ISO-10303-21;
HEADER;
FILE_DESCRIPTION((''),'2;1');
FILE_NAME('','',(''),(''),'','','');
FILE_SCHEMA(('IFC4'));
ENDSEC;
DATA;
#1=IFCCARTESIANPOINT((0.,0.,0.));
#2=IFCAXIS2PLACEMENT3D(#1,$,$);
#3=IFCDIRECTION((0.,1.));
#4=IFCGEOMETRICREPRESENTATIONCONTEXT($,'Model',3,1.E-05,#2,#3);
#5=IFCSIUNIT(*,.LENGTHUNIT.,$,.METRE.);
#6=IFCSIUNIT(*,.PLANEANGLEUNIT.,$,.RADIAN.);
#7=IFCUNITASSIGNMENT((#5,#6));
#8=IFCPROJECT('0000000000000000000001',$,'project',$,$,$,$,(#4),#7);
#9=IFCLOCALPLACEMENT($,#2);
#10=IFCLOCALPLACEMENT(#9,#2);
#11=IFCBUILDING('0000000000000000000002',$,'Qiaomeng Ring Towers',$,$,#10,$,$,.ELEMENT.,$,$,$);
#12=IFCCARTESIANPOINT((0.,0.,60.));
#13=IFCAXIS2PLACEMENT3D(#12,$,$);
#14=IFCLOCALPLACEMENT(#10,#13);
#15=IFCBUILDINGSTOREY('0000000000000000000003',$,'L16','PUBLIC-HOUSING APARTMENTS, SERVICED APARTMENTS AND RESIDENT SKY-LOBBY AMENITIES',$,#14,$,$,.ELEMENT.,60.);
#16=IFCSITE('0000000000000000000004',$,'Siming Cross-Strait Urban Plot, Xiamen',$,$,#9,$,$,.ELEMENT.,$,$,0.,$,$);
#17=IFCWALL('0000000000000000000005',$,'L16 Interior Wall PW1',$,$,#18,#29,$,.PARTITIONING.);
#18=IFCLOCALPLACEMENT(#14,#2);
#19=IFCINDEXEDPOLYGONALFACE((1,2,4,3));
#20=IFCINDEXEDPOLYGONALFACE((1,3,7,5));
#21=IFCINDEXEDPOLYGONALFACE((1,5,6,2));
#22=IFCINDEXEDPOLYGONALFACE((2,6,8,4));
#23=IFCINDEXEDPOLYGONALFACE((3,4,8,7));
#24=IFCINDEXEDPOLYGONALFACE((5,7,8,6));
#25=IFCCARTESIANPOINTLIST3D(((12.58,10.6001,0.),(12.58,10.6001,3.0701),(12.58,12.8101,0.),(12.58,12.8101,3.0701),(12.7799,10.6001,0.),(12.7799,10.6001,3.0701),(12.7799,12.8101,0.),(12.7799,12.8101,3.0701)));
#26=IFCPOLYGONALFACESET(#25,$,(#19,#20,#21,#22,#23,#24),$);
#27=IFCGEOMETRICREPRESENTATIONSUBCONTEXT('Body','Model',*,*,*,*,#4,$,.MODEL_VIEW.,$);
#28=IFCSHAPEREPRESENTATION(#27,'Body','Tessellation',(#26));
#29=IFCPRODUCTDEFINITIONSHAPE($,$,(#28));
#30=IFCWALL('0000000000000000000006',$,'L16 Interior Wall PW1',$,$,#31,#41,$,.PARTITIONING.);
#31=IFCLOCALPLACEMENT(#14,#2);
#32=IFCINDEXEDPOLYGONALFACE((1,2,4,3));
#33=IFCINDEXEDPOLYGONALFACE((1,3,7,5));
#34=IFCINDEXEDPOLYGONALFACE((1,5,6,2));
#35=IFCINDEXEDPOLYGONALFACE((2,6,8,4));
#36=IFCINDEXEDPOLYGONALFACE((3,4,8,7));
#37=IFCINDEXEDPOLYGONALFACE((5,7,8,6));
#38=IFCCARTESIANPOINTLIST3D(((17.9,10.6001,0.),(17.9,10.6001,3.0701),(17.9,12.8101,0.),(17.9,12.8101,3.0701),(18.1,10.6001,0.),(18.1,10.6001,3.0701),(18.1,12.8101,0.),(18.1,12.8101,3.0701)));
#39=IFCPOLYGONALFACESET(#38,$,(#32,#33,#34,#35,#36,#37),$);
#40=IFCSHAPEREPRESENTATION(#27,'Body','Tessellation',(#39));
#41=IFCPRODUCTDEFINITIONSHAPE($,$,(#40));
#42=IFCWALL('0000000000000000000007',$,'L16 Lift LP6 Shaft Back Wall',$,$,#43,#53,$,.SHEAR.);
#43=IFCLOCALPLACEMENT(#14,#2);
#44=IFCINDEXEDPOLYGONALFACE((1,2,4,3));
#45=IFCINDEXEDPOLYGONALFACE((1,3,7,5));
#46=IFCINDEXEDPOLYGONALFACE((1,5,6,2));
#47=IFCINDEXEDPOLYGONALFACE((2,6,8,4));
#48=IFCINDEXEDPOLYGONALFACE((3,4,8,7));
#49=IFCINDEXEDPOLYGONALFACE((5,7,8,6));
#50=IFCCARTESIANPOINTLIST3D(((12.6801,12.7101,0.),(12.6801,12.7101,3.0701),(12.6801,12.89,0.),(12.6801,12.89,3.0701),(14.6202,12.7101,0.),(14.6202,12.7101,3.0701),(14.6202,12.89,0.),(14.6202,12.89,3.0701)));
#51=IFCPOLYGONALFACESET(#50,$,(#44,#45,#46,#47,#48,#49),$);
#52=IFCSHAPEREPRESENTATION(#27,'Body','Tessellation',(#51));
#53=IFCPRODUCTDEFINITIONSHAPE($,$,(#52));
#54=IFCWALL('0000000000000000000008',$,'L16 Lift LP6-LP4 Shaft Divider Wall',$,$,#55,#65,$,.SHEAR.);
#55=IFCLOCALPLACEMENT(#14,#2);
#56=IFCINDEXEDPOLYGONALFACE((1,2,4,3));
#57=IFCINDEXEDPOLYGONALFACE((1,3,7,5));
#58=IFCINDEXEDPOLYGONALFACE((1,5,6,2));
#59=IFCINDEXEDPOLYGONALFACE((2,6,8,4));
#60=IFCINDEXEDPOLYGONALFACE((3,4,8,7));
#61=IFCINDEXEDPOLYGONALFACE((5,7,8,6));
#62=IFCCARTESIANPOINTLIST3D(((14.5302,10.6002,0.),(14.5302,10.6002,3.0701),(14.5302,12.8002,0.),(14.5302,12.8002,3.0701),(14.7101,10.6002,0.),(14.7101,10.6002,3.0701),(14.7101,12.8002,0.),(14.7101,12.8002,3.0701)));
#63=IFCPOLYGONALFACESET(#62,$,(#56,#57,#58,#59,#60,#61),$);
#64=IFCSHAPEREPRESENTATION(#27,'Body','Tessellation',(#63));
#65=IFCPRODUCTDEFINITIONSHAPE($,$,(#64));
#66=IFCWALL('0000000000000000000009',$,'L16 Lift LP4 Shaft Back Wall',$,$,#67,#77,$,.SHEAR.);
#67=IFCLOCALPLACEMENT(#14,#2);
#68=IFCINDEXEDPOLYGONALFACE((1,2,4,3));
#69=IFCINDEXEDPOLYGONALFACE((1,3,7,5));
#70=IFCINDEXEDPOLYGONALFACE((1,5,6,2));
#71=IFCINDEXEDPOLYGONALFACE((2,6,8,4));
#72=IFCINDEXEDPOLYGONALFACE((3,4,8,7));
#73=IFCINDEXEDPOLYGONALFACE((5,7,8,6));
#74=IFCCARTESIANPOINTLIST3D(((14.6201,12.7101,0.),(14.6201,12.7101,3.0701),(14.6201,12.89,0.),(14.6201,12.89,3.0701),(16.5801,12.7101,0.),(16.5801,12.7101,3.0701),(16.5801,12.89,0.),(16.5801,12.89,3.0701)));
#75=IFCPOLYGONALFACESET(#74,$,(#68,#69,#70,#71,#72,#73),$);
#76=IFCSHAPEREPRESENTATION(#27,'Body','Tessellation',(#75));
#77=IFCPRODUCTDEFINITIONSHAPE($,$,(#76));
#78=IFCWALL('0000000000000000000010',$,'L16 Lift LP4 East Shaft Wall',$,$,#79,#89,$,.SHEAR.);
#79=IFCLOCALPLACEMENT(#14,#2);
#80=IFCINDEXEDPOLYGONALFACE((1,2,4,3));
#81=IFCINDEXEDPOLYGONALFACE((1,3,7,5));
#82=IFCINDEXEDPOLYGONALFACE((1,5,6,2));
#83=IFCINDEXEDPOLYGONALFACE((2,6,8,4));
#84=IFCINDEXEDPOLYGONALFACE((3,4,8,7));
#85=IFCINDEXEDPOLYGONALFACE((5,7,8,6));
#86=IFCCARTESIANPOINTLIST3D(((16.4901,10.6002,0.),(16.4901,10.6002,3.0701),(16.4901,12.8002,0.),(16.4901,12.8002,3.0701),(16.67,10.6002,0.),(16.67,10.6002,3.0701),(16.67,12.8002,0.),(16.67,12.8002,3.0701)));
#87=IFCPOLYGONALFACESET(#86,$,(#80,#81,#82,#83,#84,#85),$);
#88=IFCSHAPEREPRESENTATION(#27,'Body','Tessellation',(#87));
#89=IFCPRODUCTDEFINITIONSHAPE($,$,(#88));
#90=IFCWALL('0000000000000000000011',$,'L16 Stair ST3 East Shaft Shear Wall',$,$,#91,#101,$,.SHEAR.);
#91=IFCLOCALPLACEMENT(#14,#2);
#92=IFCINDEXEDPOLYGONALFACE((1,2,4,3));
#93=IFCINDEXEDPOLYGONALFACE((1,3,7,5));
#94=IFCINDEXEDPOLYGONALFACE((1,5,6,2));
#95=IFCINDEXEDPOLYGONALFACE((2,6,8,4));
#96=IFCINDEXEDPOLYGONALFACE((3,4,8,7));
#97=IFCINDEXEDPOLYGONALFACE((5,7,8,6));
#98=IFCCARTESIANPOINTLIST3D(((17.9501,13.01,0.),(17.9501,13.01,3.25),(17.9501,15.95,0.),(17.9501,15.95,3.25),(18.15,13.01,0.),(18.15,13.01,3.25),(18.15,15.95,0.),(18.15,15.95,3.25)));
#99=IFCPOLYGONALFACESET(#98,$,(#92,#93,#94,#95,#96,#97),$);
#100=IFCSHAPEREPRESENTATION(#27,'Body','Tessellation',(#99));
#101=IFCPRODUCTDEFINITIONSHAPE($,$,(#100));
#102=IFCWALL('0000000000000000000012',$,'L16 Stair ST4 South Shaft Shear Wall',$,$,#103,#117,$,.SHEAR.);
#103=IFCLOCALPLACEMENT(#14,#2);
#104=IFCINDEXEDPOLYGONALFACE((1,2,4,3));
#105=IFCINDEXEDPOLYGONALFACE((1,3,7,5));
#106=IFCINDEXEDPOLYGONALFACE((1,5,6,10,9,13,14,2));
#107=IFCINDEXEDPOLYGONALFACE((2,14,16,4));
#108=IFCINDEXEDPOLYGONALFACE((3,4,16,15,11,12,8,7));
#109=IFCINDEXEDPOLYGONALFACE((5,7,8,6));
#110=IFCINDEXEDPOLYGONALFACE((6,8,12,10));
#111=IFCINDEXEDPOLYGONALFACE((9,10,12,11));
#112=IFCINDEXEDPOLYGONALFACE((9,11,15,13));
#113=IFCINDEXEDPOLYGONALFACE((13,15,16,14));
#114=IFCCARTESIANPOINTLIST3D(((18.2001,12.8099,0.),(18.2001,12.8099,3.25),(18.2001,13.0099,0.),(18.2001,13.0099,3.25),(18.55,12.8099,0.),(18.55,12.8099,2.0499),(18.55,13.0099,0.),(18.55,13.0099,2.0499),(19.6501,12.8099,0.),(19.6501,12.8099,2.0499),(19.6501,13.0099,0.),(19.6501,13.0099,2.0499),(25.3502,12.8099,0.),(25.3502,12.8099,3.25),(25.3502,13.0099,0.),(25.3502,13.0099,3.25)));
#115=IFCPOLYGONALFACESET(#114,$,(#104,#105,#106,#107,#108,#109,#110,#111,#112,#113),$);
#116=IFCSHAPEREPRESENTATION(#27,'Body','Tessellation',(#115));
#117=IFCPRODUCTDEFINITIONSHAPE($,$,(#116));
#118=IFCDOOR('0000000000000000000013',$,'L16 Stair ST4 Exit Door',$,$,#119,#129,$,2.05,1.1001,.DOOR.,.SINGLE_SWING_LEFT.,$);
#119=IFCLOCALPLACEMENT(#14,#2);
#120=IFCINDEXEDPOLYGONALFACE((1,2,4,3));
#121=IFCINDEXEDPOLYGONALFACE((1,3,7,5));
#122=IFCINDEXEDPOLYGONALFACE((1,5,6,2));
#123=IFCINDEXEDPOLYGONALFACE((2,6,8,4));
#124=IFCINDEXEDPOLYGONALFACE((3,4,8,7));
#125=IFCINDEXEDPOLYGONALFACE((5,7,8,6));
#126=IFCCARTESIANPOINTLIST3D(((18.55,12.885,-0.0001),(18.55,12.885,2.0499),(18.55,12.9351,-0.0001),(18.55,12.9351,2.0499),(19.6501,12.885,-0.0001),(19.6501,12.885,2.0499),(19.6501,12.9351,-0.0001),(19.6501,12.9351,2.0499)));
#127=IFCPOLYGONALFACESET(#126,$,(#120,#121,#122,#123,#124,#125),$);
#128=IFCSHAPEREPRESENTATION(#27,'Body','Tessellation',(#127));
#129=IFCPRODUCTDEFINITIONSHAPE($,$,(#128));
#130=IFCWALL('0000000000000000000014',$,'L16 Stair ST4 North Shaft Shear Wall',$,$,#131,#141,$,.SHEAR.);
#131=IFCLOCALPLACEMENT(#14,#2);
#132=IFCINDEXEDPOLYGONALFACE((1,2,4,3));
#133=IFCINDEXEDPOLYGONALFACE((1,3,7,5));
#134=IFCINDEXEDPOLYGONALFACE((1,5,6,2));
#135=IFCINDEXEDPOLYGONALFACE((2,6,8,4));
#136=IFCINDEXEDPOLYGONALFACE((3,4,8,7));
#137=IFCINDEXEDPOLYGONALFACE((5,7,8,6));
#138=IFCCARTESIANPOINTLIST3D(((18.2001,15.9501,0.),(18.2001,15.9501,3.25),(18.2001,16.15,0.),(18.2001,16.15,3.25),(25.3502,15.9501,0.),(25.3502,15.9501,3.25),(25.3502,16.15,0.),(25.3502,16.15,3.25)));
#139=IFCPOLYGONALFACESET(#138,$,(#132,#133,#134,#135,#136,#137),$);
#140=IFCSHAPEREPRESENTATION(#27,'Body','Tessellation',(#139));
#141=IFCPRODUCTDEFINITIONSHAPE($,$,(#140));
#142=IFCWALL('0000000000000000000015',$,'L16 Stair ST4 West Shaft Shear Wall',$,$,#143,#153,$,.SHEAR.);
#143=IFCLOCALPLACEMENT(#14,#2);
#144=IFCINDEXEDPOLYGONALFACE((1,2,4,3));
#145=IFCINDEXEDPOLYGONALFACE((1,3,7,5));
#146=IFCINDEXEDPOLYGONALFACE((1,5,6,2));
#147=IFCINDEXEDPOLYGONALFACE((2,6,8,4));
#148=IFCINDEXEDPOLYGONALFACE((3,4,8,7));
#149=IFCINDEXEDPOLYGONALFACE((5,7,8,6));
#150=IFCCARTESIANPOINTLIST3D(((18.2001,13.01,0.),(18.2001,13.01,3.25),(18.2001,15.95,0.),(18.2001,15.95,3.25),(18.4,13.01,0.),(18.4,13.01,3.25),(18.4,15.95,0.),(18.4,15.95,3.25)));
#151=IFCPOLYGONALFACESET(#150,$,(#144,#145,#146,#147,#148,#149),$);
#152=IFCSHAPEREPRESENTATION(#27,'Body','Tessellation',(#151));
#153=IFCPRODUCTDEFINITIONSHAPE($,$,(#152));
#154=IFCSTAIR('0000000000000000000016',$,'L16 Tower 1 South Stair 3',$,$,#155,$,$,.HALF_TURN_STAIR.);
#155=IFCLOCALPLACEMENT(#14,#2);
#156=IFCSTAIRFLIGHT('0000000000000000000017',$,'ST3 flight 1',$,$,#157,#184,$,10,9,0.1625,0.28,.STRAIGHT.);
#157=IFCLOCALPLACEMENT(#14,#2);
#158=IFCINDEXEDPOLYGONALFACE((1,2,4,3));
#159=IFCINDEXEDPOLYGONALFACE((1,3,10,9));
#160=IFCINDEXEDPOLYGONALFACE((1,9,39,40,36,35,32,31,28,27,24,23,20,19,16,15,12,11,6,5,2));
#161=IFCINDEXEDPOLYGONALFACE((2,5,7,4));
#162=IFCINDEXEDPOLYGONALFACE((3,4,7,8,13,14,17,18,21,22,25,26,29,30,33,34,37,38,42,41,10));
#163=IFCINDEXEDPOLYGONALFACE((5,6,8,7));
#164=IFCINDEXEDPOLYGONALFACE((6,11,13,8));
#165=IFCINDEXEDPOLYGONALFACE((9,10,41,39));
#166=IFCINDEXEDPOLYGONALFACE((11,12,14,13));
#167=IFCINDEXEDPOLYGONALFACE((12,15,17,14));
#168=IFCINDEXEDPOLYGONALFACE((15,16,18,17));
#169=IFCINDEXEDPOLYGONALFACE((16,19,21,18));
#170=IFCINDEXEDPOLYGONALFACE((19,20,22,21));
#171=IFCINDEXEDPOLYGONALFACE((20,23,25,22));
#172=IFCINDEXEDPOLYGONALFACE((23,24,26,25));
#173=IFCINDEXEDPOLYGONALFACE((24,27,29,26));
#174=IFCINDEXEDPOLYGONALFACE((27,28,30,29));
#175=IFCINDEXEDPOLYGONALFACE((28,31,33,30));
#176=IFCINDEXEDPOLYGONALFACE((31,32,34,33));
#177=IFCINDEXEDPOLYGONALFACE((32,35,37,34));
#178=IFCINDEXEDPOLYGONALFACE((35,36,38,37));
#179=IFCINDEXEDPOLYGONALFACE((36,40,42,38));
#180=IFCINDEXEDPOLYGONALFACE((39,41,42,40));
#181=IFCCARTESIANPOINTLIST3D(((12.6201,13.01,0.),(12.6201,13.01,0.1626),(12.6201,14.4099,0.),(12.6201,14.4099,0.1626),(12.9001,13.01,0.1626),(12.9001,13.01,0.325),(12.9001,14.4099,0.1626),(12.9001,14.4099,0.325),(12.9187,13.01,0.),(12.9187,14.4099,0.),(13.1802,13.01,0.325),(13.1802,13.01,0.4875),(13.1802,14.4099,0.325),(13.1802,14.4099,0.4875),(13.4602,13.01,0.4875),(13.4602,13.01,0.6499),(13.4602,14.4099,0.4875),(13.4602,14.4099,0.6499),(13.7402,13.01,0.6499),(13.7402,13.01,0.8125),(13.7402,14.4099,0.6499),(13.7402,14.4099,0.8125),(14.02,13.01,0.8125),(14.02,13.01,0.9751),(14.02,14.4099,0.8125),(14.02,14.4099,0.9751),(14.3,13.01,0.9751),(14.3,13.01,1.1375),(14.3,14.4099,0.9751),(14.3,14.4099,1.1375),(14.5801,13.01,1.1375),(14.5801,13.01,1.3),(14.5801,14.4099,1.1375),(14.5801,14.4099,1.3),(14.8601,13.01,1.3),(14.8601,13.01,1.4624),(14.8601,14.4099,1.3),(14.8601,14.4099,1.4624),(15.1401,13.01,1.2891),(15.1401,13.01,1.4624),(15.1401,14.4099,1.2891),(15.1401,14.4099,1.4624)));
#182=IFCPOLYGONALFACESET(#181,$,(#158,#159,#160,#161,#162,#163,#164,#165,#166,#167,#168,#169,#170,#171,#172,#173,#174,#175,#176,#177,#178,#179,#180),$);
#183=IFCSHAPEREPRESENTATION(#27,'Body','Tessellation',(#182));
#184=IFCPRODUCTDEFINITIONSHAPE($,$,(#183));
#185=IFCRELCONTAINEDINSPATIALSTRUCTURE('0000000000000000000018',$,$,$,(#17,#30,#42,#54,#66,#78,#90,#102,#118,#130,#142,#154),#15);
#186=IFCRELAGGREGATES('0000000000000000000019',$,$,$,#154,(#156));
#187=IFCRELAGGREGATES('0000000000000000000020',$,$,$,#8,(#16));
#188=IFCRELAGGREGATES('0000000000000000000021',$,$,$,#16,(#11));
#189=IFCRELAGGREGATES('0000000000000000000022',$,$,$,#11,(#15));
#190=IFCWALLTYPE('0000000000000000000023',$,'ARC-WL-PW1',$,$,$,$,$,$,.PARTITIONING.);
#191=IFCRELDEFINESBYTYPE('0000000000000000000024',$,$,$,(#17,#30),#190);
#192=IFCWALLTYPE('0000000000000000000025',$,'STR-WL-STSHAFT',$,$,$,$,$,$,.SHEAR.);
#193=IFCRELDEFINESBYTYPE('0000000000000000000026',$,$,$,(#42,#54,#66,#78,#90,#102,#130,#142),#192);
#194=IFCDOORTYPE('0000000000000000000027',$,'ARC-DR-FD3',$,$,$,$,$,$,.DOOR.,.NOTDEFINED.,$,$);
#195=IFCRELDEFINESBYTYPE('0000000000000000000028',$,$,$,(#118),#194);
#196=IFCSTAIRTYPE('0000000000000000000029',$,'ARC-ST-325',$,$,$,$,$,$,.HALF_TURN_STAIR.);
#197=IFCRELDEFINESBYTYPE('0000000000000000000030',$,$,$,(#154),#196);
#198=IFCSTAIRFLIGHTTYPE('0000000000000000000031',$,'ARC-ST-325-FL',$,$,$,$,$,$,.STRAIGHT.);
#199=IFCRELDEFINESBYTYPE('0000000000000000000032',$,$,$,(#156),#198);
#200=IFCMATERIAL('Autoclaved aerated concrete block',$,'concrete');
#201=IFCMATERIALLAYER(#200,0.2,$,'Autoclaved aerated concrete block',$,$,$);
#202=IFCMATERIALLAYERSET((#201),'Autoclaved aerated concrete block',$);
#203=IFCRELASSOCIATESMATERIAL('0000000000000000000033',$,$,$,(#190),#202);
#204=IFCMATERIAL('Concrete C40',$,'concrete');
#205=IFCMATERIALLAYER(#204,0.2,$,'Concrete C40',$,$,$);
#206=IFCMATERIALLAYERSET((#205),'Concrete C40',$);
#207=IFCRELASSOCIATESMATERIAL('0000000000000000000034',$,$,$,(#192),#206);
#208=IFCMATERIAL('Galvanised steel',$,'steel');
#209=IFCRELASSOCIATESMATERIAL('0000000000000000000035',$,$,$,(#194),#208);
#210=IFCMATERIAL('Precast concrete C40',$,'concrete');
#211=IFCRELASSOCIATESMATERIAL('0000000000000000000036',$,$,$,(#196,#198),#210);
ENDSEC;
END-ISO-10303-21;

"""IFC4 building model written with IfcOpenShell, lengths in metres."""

from ifc_helpers import new_model, si_unit, direction, frame, frame_2d, origin, place, context, subcontext, project, spatial, polyline, rectangle, outline, extrude, source, transform, mapped, material, layer, layer_set, type_object, element, fill, aggregate, save


model = new_model("IFC4")

# Units and contexts
model_context = context("Model", 3, precision=1e-05, world=origin(), true_north=direction((0.0, 1.0)))
body_context = subcontext(model_context, "Body", "Model", "MODEL_VIEW")
ifc_project = project(units=[si_unit("LENGTHUNIT", "METRE"), si_unit("PLANEANGLEUNIT", "RADIAN")], contexts=[model_context])

# Site, building, storey
site_placement = place(None, origin())
site = spatial("IfcSite", under=ifc_project, at=site_placement, Name="Siming Cross-Strait Urban Plot, Xiamen", CompositionType="ELEMENT", RefElevation=0.0)
building_placement = place(site_placement, origin())
building = spatial("IfcBuilding", under=site, at=building_placement, Name="Qiaomeng Ring Towers", CompositionType="ELEMENT")
storey_placement = place(building_placement, frame((0.0, 0.0, 60.0)))
storey = spatial("IfcBuildingStorey", under=building, at=storey_placement, Name="L16", Description="PUBLIC-HOUSING APARTMENTS, SERVICED APARTMENTS AND RESIDENT SKY-LOBBY AMENITIES", CompositionType="ELEMENT", Elevation=60.0)

# Walls
ifc_material_1 = material(Name="Autoclaved aerated concrete block", Category="concrete")
ifc_layer_1 = layer(ifc_material_1, 0.2, Name="Autoclaved aerated concrete block")
ifc_layer_set_1 = layer_set([ifc_layer_1], Name="Autoclaved aerated concrete block")
wall_type_1 = type_object("IfcWallType", Name="ARC-WL-PW1", PredefinedType="PARTITIONING", material=ifc_layer_set_1)
for number, where, z_axis, x_axis, name in (
    (1, (12.6799, 10.6001, 0.0), (0.0, 0.0, 1.0), (0.0, 1.0, 0.0), "L16 Interior Wall PW1"),
    (2, (18.0, 10.6001, 0.0), (0.0, 0.0, 1.0), (0.0, 1.0, 0.0), "L16 Interior Wall PW1"),
):
    element("IfcWall", number, at=place(storey_placement, frame(where, z_axis=z_axis, x_axis=x_axis)), inside=storey, type_object=wall_type_1, Name=name, PredefinedType="PARTITIONING", context=body_context, shape_type="SweptSolid", body=[
        extrude(rectangle(XDim=2.21, YDim=0.2, at=frame_2d((1.105, 0.0))), origin(), (0.0, 0.0, 1.0), 3.0701),
    ])
ifc_material_2 = material(Name="Concrete C40", Category="concrete")
ifc_layer_2 = layer(ifc_material_2, 0.2, Name="Concrete C40")
ifc_layer_set_2 = layer_set([ifc_layer_2], Name="Concrete C40")
wall_type_2 = type_object("IfcWallType", Name="STR-WL-STSHAFT", PredefinedType="SHEAR", material=ifc_layer_set_2)
wall_1_placement = place(storey_placement, frame((12.6799, 12.8, 0.0), z_axis=(0.0, 0.0, 1.0), x_axis=(1.0, 0.0, 0.0)))
element("IfcWall", 3, at=wall_1_placement, inside=storey, type_object=wall_type_2, Name="L16 Lift LP6 Shaft Back Wall", PredefinedType="SHEAR", context=body_context, shape_type="SweptSolid", body=[
    extrude(rectangle(XDim=1.9402, YDim=0.1799, at=frame_2d((0.9702, 0.0))), origin(), (0.0, 0.0, 1.0), 3.0701),
])
wall_2_placement = place(storey_placement, frame((14.6201, 10.6001, 0.0), z_axis=(0.0, 0.0, 1.0), x_axis=(0.0, 1.0, 0.0)))
element("IfcWall", 4, at=wall_2_placement, inside=storey, type_object=wall_type_2, Name="L16 Lift LP6-LP4 Shaft Divider Wall", PredefinedType="SHEAR", context=body_context, shape_type="SweptSolid", body=[
    extrude(rectangle(XDim=2.2, YDim=0.1799, at=frame_2d((1.1001, 0.0))), origin(), (0.0, 0.0, 1.0), 3.0701),
])
wall_3_placement = place(storey_placement, frame((14.6201, 12.8, 0.0), z_axis=(0.0, 0.0, 1.0), x_axis=(1.0, 0.0, 0.0)))
element("IfcWall", 5, at=wall_3_placement, inside=storey, type_object=wall_type_2, Name="L16 Lift LP4 Shaft Back Wall", PredefinedType="SHEAR", context=body_context, shape_type="SweptSolid", body=[
    extrude(rectangle(XDim=1.96, YDim=0.1799, at=frame_2d((0.98, 0.0))), origin(), (0.0, 0.0, 1.0), 3.0701),
])
wall_4_placement = place(storey_placement, frame((16.5801, 10.6001, 0.0), z_axis=(0.0, 0.0, 1.0), x_axis=(0.0, 1.0, 0.0)))
element("IfcWall", 6, at=wall_4_placement, inside=storey, type_object=wall_type_2, Name="L16 Lift LP4 East Shaft Wall", PredefinedType="SHEAR", context=body_context, shape_type="SweptSolid", body=[
    extrude(rectangle(XDim=2.2, YDim=0.1799, at=frame_2d((1.1001, 0.0))), origin(), (0.0, 0.0, 1.0), 3.0701),
])
wall_5_placement = place(storey_placement, frame((18.05, 13.01, 0.0), z_axis=(0.0, 0.0, 1.0), x_axis=(0.0, 1.0, 0.0)))
element("IfcWall", 7, at=wall_5_placement, inside=storey, type_object=wall_type_2, Name="L16 Stair ST3 East Shaft Shear Wall", PredefinedType="SHEAR", context=body_context, shape_type="SweptSolid", body=[
    extrude(rectangle(XDim=2.9399, YDim=0.2, at=frame_2d((1.47, 0.0))), origin(), (0.0, 0.0, 1.0), 3.25),
])

# Wall, opening, door
wall_6_placement = place(storey_placement, frame((18.2, 12.9099, 0.0), z_axis=(0.0, 0.0, 1.0), x_axis=(1.0, 0.0, 0.0)))
wall_6 = element("IfcWall", 8, at=wall_6_placement, inside=storey, type_object=wall_type_2, Name="L16 Stair ST4 South Shaft Shear Wall", PredefinedType="SHEAR", context=body_context, shape_type="SweptSolid", body=[
    extrude(rectangle(XDim=7.1501, YDim=0.2, at=frame_2d((3.5752, 0.0))), origin(), (0.0, 0.0, 1.0), 3.25),
])
opening_placement = place(wall_6_placement, frame((0.3501, 0.0, 0.0)))
opening = element("IfcOpeningElement", 9, at=opening_placement, cuts=wall_6, PredefinedType="OPENING", context=body_context, shape_type="SweptSolid", body=[
    extrude(rectangle(XDim=1.1001, YDim=2.05, at=frame_2d((0.55, 1.0249))), frame((0.0, 0.1099, 0.0), z_axis=(0.0, -1.0, 0.0), x_axis=(1.0, 0.0, 0.0)), (0.0, 0.0, 1.0), 0.22),
])
ifc_material_3 = material(Name="Galvanised steel", Category="steel")
door_type = type_object("IfcDoorType", Name="ARC-DR-FD3", OperationType="NOTDEFINED", PredefinedType="DOOR", material=ifc_material_3)
shared_shape_1 = source(origin(), body_context, "Body", "SweptSolid", [
    extrude(rectangle(XDim=1.1001, YDim=2.05, at=frame_2d((0.55, 1.0249))), frame((0.0, 0.0249, 0.0), z_axis=(0.0, -1.0, 0.0), x_axis=(1.0, 0.0, 0.0)), (0.0, 0.0, 1.0), 0.05),
])
door_placement = place(opening_placement, frame((1.1001, 0.0, 0.0), z_axis=(0.0, 0.0, 1.0), x_axis=(-1.0, 0.0, 0.0)))
door = element("IfcDoor", 10, at=door_placement, inside=storey, type_object=door_type, Name="L16 Stair ST4 Exit Door", OperationType="SINGLE_SWING_LEFT", OverallHeight=2.05, OverallWidth=1.1001, PredefinedType="DOOR", context=body_context, shape_type="MappedRepresentation", body=[
    mapped(shared_shape_1, transform((0.0, 0.0, 0.0), x_axis=(1.0, 0.0, 0.0), y_axis=(0.0, 1.0, 0.0), z_axis=(0.0, 0.0, 1.0), scale=1.0)),
])
fill(opening, door)

# Walls
wall_7_placement = place(storey_placement, frame((18.2, 16.05, 0.0), z_axis=(0.0, 0.0, 1.0), x_axis=(1.0, 0.0, 0.0)))
element("IfcWall", 11, at=wall_7_placement, inside=storey, type_object=wall_type_2, Name="L16 Stair ST4 North Shaft Shear Wall", PredefinedType="SHEAR", context=body_context, shape_type="SweptSolid", body=[
    extrude(rectangle(XDim=7.1501, YDim=0.2, at=frame_2d((3.5752, 0.0))), origin(), (0.0, 0.0, 1.0), 3.25),
])
wall_8_placement = place(storey_placement, frame((18.3, 13.01, 0.0), z_axis=(0.0, 0.0, 1.0), x_axis=(0.0, 1.0, 0.0)))
element("IfcWall", 12, at=wall_8_placement, inside=storey, type_object=wall_type_2, Name="L16 Stair ST4 West Shaft Shear Wall", PredefinedType="SHEAR", context=body_context, shape_type="SweptSolid", body=[
    extrude(rectangle(XDim=2.9399, YDim=0.2, at=frame_2d((1.47, 0.0))), origin(), (0.0, 0.0, 1.0), 3.25),
])

# Stair, stair flight
ifc_material_4 = material(Name="Precast concrete C40", Category="concrete")
stair_type = type_object("IfcStairType", Name="ARC-ST-325", PredefinedType="HALF_TURN_STAIR", material=ifc_material_4)
stair_1_placement = place(storey_placement, origin())
stair_1 = element("IfcStair", 13, at=stair_1_placement, inside=storey, type_object=stair_type, Name="L16 Tower 1 South Stair 3", PredefinedType="HALF_TURN_STAIR")
stair_flight_type = type_object("IfcStairFlightType", Name="ARC-ST-325-FL", PredefinedType="STRAIGHT", material=ifc_material_4)
shared_shape_2 = source(origin(), body_context, "Body", "SweptSolid", [
    extrude(outline(polyline([(0.0, 0.0), (0.0, 0.1626), (0.28, 0.1626), (0.28, 0.325), (0.5601, 0.325), (0.5601, 0.4875), (0.8401, 0.4875), (0.8401, 0.6499), (1.1201, 0.6499), (1.1201, 0.8125), (1.3999, 0.8125), (1.3999, 0.9751), (1.6799, 0.9751), (1.6799, 1.1375), (1.96, 1.1375), (1.96, 1.3), (2.24, 1.3), (2.24, 1.4624), (2.52, 1.4624), (2.52, 1.625), (2.52, 1.2891), (0.2986, 0.0), (0.0, 0.0)])), frame((0.0, 0.7, 0.0), z_axis=(0.0, -1.0, 0.0), x_axis=(1.0, 0.0, 0.0)), (0.0, 0.0, 1.0), 1.3999),
])
stair_flight_1_placement = place(storey_placement, frame((12.6201, 13.71, 0.0), z_axis=(0.0, 0.0, 1.0), x_axis=(1.0, 0.0, 0.0)))
stair_flight_1 = element("IfcStairFlight", 14, at=stair_flight_1_placement, type_object=stair_flight_type, Name="ST3 flight 1", NumberOfRisers=10, NumberOfTreads=9, PredefinedType="STRAIGHT", RiserHeight=0.1625, TreadLength=0.28, context=body_context, shape_type="MappedRepresentation", body=[
    mapped(shared_shape_2, transform((0.0, 0.0, 0.0), x_axis=(1.0, 0.0, 0.0), y_axis=(0.0, 1.0, 0.0), z_axis=(0.0, 0.0, 1.0), scale=1.0)),
])
aggregate(stair_1, [stair_flight_1])

save(model, "model.ifc")
